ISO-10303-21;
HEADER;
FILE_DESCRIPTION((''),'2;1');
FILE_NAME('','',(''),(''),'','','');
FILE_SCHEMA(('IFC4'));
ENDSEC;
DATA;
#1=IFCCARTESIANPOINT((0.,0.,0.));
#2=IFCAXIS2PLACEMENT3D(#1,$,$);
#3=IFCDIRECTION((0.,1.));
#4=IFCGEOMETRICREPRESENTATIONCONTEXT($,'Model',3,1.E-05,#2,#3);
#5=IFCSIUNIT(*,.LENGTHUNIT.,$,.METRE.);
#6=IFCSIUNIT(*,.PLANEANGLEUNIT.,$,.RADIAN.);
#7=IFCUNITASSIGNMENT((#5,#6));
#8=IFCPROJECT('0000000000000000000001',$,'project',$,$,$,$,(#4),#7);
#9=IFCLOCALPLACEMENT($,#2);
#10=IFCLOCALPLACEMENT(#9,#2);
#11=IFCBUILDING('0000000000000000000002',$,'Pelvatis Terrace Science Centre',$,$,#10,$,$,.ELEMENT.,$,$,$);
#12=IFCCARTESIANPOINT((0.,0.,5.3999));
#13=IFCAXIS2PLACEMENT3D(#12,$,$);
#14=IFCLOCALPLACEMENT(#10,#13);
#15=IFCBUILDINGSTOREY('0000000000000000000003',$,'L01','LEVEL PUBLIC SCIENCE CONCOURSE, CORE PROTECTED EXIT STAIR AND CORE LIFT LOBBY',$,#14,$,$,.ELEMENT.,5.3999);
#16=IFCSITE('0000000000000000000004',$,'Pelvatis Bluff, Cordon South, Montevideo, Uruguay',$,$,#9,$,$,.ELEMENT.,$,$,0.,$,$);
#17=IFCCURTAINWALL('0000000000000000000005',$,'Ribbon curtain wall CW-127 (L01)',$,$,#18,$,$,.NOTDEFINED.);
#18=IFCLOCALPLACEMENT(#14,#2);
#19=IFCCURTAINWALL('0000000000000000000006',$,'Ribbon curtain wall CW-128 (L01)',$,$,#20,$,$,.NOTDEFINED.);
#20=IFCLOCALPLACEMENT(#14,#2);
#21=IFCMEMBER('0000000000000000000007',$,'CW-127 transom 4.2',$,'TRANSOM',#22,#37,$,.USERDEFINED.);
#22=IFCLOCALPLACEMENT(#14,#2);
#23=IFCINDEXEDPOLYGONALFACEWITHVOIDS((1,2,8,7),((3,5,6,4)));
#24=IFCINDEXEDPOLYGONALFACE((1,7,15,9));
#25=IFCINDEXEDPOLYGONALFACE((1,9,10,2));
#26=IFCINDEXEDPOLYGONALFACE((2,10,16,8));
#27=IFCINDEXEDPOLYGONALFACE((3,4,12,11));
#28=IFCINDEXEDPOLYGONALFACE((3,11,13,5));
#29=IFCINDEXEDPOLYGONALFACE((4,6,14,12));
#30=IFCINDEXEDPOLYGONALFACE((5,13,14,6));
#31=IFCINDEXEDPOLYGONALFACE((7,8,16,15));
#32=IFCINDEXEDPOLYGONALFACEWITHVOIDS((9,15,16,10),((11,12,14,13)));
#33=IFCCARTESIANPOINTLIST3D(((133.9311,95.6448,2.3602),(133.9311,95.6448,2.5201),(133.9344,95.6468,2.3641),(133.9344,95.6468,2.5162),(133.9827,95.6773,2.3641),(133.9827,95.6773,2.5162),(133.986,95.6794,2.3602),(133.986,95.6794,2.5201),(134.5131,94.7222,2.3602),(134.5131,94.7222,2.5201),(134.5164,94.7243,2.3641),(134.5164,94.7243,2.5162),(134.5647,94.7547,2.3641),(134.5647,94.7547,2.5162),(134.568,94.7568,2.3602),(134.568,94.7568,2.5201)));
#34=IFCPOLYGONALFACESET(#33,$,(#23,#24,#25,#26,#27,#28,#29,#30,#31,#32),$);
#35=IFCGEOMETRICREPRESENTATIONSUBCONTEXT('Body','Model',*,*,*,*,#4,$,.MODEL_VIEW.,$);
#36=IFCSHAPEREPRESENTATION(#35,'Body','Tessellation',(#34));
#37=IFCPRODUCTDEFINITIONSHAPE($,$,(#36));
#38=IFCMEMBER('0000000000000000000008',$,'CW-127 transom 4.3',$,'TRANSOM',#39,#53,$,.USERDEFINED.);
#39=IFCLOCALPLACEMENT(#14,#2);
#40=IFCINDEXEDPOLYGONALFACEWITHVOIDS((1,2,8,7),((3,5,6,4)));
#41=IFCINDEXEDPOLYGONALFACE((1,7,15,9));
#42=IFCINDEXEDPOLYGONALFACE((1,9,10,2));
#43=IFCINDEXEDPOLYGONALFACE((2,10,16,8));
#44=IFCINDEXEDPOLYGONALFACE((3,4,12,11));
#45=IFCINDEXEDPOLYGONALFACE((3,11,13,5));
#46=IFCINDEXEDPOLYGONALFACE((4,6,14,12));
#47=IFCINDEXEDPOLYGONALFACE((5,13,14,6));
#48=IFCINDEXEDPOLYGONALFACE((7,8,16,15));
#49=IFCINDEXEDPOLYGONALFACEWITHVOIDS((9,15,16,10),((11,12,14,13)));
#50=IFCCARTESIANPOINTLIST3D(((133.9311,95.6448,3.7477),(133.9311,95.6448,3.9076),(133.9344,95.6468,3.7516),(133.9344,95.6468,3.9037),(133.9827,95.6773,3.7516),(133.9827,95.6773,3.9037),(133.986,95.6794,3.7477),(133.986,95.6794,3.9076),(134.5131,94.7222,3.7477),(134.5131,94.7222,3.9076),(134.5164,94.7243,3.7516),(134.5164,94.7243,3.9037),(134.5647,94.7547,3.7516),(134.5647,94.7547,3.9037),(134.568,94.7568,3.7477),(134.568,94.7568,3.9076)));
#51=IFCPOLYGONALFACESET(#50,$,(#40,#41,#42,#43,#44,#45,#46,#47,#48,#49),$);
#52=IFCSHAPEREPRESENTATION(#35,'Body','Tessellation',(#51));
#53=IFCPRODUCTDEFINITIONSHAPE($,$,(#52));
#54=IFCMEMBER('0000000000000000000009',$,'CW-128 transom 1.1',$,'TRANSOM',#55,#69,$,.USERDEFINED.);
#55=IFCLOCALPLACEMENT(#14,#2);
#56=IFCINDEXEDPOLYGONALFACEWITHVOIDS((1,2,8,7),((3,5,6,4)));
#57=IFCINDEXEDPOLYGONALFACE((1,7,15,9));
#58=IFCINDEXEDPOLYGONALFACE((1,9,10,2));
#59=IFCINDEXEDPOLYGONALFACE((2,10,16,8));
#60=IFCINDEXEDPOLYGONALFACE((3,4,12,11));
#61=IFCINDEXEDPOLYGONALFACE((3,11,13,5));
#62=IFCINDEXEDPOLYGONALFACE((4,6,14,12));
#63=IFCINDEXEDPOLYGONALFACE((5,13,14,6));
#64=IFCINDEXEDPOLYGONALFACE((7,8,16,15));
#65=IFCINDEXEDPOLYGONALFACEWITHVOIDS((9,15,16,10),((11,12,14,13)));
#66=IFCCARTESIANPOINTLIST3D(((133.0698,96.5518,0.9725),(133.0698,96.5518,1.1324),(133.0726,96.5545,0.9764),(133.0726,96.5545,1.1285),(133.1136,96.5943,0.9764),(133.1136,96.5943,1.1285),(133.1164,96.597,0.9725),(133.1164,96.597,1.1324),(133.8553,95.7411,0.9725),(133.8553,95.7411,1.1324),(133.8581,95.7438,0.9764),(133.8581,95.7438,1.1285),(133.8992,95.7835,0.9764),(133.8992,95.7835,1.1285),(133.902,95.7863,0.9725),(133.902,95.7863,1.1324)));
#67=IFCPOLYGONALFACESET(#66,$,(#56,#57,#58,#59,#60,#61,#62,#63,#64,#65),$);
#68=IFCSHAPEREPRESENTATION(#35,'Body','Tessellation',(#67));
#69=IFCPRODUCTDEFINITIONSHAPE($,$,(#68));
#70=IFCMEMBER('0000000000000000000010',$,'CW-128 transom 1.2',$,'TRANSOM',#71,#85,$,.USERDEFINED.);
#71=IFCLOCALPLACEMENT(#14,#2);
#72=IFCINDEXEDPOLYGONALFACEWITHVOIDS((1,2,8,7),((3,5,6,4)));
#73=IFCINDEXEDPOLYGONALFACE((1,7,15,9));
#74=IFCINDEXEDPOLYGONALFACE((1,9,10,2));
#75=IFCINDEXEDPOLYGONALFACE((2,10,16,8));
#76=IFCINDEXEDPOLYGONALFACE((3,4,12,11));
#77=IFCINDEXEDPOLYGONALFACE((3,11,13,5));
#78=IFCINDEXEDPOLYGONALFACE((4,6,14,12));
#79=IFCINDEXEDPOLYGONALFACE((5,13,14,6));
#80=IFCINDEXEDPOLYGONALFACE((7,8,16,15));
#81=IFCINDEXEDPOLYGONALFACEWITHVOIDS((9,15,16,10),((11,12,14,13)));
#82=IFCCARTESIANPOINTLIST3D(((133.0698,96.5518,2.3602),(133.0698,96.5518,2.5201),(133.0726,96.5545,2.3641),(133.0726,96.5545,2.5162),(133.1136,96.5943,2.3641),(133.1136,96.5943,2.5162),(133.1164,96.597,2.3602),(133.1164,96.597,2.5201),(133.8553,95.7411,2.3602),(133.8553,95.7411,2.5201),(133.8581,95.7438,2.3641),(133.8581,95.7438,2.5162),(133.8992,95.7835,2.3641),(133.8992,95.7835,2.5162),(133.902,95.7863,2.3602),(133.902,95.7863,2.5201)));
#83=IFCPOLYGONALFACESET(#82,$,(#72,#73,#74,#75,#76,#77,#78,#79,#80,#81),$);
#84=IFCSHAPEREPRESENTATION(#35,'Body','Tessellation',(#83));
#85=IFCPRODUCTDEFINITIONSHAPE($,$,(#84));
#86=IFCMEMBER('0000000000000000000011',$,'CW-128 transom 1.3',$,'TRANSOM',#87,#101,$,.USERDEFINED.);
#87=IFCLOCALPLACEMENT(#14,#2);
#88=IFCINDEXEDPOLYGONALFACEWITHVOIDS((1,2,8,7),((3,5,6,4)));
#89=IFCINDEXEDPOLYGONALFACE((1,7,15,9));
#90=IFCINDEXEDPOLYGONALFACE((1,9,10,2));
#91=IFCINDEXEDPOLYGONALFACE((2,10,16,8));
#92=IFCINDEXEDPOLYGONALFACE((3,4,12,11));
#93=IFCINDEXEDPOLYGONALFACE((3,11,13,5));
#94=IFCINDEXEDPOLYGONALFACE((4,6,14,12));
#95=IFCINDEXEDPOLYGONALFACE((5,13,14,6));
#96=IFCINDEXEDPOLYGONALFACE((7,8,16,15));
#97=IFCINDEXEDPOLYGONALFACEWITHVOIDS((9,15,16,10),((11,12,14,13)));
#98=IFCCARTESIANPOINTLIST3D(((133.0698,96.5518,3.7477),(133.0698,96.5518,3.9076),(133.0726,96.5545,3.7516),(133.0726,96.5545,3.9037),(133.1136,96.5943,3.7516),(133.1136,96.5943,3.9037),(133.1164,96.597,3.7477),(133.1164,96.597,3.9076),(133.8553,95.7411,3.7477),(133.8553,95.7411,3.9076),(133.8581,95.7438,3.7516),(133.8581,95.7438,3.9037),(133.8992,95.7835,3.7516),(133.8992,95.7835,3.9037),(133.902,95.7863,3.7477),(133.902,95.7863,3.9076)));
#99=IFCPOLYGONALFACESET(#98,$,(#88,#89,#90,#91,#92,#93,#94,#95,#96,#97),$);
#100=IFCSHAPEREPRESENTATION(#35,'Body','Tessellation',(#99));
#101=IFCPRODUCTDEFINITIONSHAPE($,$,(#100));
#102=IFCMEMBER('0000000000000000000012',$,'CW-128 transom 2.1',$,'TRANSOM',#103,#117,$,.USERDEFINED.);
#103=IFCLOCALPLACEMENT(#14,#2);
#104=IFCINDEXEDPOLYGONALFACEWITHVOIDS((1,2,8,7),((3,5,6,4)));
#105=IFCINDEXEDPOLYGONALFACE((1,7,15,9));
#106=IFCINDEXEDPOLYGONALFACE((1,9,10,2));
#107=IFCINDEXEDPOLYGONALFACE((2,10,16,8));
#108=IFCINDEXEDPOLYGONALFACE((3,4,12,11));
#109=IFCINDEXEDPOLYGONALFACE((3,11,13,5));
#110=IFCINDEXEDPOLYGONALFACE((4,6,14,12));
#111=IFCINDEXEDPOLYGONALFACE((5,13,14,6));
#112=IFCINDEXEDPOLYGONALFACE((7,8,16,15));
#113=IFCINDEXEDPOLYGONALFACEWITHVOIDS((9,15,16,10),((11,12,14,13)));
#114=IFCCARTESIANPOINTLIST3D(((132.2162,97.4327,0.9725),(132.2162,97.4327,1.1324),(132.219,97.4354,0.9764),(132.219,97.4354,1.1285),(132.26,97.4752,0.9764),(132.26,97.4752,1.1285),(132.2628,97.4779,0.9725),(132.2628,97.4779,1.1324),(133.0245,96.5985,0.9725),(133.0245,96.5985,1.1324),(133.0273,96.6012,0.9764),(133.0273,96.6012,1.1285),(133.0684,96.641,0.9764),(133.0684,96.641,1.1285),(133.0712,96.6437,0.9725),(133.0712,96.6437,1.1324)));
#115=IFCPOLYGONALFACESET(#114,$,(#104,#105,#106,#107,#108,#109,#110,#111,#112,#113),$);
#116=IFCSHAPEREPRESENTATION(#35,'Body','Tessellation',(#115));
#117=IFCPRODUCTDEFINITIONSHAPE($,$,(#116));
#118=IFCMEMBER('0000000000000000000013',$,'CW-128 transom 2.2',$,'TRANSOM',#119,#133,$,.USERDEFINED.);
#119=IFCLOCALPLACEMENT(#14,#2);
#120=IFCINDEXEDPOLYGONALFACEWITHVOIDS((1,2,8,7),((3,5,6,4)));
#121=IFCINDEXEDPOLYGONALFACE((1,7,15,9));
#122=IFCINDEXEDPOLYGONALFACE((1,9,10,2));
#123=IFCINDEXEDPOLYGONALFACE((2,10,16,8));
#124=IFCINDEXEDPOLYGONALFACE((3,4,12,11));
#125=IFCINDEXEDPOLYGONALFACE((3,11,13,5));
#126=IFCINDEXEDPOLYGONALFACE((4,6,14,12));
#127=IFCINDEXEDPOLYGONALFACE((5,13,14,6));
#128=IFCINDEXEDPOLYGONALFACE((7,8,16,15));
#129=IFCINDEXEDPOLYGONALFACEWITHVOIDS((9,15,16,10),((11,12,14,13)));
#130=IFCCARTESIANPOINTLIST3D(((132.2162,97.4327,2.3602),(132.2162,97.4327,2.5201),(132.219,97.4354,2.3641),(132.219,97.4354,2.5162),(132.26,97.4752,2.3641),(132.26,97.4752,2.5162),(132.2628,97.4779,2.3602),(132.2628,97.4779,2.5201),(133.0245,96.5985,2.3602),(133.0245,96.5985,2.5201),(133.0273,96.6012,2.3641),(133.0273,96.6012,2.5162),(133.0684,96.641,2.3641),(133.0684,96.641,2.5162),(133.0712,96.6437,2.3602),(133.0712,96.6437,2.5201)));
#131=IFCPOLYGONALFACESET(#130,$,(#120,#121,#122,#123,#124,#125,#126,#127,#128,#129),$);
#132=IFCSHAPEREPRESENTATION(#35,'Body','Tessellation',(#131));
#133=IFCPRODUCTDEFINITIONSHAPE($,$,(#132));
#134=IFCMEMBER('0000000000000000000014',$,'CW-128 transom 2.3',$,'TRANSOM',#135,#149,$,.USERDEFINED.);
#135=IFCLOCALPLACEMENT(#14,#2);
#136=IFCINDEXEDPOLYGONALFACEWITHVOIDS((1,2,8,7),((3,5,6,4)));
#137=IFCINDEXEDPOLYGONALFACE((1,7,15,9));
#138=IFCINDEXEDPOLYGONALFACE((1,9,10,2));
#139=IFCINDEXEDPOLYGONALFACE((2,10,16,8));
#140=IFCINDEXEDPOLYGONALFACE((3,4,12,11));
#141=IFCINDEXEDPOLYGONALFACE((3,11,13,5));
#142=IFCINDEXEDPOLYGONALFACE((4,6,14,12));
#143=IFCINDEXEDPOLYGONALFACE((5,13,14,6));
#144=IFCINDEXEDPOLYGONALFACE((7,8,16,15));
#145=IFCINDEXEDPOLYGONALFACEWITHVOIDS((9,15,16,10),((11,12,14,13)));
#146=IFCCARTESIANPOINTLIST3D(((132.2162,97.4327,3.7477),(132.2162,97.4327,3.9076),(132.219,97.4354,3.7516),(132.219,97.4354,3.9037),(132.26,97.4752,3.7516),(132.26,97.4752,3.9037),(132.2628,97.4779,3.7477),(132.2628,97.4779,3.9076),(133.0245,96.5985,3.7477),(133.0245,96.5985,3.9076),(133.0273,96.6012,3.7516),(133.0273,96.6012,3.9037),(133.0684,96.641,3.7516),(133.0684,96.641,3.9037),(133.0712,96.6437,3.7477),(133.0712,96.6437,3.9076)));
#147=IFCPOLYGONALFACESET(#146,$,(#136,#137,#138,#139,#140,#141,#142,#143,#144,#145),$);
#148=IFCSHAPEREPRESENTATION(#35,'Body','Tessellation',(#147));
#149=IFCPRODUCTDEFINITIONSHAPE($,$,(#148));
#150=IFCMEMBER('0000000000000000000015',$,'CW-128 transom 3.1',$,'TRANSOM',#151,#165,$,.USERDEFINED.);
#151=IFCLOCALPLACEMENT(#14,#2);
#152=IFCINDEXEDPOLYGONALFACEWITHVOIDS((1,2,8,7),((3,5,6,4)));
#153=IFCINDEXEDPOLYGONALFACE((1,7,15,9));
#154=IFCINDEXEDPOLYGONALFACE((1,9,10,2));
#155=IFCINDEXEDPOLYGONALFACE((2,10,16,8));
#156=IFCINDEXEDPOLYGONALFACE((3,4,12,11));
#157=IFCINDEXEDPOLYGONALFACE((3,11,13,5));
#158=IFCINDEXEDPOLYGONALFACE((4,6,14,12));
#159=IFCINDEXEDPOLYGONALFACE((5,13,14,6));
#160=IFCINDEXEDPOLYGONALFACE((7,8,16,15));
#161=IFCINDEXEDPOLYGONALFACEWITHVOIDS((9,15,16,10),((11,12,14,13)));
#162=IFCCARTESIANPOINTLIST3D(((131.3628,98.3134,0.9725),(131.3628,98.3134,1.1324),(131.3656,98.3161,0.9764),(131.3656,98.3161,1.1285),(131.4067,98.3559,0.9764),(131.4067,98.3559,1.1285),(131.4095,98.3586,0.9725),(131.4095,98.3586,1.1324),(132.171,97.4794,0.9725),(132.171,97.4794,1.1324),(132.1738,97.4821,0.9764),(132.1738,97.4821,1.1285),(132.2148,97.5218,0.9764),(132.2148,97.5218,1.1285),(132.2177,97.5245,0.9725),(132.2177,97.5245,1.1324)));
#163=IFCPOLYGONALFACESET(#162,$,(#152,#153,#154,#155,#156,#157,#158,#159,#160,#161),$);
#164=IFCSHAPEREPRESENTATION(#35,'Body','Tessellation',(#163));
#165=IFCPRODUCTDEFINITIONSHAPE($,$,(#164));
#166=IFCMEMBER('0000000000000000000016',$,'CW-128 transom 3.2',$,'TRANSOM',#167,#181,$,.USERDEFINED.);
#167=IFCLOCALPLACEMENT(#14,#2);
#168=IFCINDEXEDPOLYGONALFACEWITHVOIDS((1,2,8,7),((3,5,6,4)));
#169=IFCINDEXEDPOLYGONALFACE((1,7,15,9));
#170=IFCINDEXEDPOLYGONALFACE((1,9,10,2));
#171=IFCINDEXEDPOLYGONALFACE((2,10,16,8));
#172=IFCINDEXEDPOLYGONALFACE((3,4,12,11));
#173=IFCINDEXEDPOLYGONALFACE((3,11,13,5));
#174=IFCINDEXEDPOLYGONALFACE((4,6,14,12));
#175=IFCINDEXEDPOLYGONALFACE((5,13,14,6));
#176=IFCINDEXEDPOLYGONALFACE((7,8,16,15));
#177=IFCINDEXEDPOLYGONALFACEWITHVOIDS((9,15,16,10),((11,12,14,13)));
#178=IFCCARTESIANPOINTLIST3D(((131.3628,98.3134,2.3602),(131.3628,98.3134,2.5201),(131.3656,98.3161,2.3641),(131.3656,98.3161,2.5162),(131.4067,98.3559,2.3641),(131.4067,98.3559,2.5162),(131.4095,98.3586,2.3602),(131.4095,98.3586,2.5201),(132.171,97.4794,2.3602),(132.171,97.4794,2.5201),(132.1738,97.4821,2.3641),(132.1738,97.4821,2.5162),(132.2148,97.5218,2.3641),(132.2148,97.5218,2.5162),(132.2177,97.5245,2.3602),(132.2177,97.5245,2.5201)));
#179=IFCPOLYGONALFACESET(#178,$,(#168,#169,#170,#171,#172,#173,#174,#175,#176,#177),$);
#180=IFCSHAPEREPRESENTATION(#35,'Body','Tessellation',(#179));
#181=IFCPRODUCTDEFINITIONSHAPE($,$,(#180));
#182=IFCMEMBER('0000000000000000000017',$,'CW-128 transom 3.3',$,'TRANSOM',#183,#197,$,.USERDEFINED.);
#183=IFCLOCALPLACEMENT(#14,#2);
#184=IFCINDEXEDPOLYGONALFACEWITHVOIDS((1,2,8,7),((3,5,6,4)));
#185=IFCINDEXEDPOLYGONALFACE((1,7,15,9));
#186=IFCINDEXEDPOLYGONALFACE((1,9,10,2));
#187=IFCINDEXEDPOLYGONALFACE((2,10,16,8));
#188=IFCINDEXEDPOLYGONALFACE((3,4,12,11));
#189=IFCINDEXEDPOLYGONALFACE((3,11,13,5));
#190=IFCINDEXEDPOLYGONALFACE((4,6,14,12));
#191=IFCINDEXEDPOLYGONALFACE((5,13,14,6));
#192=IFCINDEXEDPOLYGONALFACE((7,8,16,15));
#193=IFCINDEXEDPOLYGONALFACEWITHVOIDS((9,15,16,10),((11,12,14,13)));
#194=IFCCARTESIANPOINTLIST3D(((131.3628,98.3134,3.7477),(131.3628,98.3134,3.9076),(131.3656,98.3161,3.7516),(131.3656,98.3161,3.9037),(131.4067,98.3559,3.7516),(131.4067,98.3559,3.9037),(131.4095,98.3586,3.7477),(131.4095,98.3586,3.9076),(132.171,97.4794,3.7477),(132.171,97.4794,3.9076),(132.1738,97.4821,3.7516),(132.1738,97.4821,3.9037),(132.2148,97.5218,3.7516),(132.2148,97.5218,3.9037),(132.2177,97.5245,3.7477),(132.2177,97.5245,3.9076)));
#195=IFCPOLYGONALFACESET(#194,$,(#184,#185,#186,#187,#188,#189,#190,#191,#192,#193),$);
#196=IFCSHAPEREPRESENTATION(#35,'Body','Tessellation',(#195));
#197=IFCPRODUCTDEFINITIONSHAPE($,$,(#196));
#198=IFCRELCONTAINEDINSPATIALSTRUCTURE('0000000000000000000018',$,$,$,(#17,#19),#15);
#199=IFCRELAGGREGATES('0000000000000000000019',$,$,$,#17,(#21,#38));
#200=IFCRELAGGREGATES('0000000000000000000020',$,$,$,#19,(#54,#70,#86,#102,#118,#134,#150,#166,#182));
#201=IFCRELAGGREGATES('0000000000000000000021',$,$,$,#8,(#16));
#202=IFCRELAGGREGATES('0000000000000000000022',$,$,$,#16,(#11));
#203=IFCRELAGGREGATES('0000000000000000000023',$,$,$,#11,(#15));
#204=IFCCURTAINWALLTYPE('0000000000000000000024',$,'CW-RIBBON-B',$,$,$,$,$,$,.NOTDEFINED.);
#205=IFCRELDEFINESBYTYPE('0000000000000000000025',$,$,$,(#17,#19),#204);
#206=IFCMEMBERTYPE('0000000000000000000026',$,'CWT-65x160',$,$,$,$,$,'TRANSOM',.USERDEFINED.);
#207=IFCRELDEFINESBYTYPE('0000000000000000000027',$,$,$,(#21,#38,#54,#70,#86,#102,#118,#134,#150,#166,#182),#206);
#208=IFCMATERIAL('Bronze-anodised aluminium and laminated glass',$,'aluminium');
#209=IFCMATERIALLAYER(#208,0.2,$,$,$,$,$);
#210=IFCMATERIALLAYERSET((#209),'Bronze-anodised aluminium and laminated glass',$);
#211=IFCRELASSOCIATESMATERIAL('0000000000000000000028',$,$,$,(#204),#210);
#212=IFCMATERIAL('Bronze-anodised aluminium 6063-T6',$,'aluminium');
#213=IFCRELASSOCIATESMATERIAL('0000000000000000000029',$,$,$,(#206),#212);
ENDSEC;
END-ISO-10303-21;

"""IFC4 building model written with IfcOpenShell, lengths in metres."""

from ifc_helpers import new_model, si_unit, direction, frame, origin, origin_2d, place, context, subcontext, project, spatial, hollow_rectangle, extrude, material, layer, layer_set, material_profile, profile_set, type_object, element, aggregate, save


model = new_model("IFC4")

# Units and contexts
model_context = context("Model", 3, precision=1e-05, world=origin(), true_north=direction((0.0, 1.0)))
body_context = subcontext(model_context, "Body", "Model", "MODEL_VIEW")
ifc_project = project(units=[si_unit("LENGTHUNIT", "METRE"), si_unit("PLANEANGLEUNIT", "RADIAN")], contexts=[model_context])

# Site, building, storey
site_placement = place(None, origin())
site = spatial("IfcSite", under=ifc_project, at=site_placement, Name="Pelvatis Bluff, Cordon South, Montevideo, Uruguay", CompositionType="ELEMENT", RefElevation=0.0)
building_placement = place(site_placement, origin())
building = spatial("IfcBuilding", under=site, at=building_placement, Name="Pelvatis Terrace Science Centre", CompositionType="ELEMENT")
storey_placement = place(building_placement, frame((0.0, 0.0, 5.3999)))
storey = spatial("IfcBuildingStorey", under=building, at=storey_placement, Name="L01", Description="LEVEL PUBLIC SCIENCE CONCOURSE, CORE PROTECTED EXIT STAIR AND CORE LIFT LOBBY", CompositionType="ELEMENT", Elevation=5.3999)

# Curtain walls
ifc_material_1 = material(Name="Bronze-anodised aluminium and laminated glass", Category="aluminium")
ifc_layer_1 = layer(ifc_material_1, 0.2)
ifc_layer_set_1 = layer_set([ifc_layer_1], Name="Bronze-anodised aluminium and laminated glass")
curtain_wall_type = type_object("IfcCurtainWallType", Name="CW-RIBBON-B", PredefinedType="NOTDEFINED", material=ifc_layer_set_1)
curtain_wall_1_placement = place(storey_placement, origin())
curtain_wall_1 = element("IfcCurtainWall", 1, at=curtain_wall_1_placement, inside=storey, type_object=curtain_wall_type, Name="Ribbon curtain wall CW-127 (L01)", PredefinedType="NOTDEFINED")
curtain_wall_2_placement = place(storey_placement, origin())
curtain_wall_2 = element("IfcCurtainWall", 2, at=curtain_wall_2_placement, inside=storey, type_object=curtain_wall_type, Name="Ribbon curtain wall CW-128 (L01)", PredefinedType="NOTDEFINED")

# Members
ifc_material_2 = material(Name="Bronze-anodised aluminium 6063-T6", Category="aluminium")
ifc_material_profile_1 = material_profile(ifc_material_2, hollow_rectangle(XDim=0.0649, YDim=0.1599, WallThickness=0.0039, at=origin_2d()), Name="ALU-TRN 65x160")
ifc_profile_set_1 = profile_set([ifc_material_profile_1], Name="Bronze-anodised aluminium 6063-T6")
member_type_1 = type_object("IfcMemberType", Name="CWT-65x160", ElementType="TRANSOM", PredefinedType="USERDEFINED", material=ifc_profile_set_1)
member_1_placement = place(storey_placement, frame((134.5405, 94.7395, 2.4402), z_axis=(-0.533555, 0.845765, 0.0), x_axis=(-0.845765, -0.533555, 0.0)))
member_1 = element("IfcMember", 3, at=member_1_placement, type_object=member_type_1, Name="CW-127 transom 4.2", ObjectType="TRANSOM", PredefinedType="USERDEFINED", context=body_context, shape_type="SweptSolid", body=[
    extrude(hollow_rectangle(XDim=0.0649, YDim=0.1599, WallThickness=0.0039, at=origin_2d()), origin(), (0.0, 0.0, 1.0), 1.0908),
])
member_2_placement = place(storey_placement, frame((134.5405, 94.7395, 3.8276), z_axis=(-0.533555, 0.845765, 0.0), x_axis=(-0.845765, -0.533555, 0.0)))
member_2 = element("IfcMember", 4, at=member_2_placement, type_object=member_type_1, Name="CW-127 transom 4.3", ObjectType="TRANSOM", PredefinedType="USERDEFINED", context=body_context, shape_type="SweptSolid", body=[
    extrude(hollow_rectangle(XDim=0.0649, YDim=0.1599, WallThickness=0.0039, at=origin_2d()), origin(), (0.0, 0.0, 1.0), 1.0908),
])
member_3_placement = place(storey_placement, frame((133.8787, 95.7637, 1.0525), z_axis=(-0.695882, 0.718156, 0.0), x_axis=(-0.718156, -0.695882, 0.0)))
member_3 = element("IfcMember", 5, at=member_3_placement, type_object=member_type_1, Name="CW-128 transom 1.1", ObjectType="TRANSOM", PredefinedType="USERDEFINED", context=body_context, shape_type="SweptSolid", body=[
    extrude(hollow_rectangle(XDim=0.0649, YDim=0.1599, WallThickness=0.0039, at=origin_2d()), origin(), (0.0, 0.0, 1.0), 1.1289),
])
member_4_placement = place(storey_placement, frame((133.8787, 95.7637, 2.4402), z_axis=(-0.695882, 0.718156, 0.0), x_axis=(-0.718156, -0.695882, 0.0)))
member_4 = element("IfcMember", 6, at=member_4_placement, type_object=member_type_1, Name="CW-128 transom 1.2", ObjectType="TRANSOM", PredefinedType="USERDEFINED", context=body_context, shape_type="SweptSolid", body=[
    extrude(hollow_rectangle(XDim=0.0649, YDim=0.1599, WallThickness=0.0039, at=origin_2d()), origin(), (0.0, 0.0, 1.0), 1.1289),
])
member_5_placement = place(storey_placement, frame((133.8787, 95.7637, 3.8276), z_axis=(-0.695882, 0.718156, 0.0), x_axis=(-0.718156, -0.695882, 0.0)))
member_5 = element("IfcMember", 7, at=member_5_placement, type_object=member_type_1, Name="CW-128 transom 1.3", ObjectType="TRANSOM", PredefinedType="USERDEFINED", context=body_context, shape_type="SweptSolid", body=[
    extrude(hollow_rectangle(XDim=0.0649, YDim=0.1599, WallThickness=0.0039, at=origin_2d()), origin(), (0.0, 0.0, 1.0), 1.1289),
])
member_6_placement = place(storey_placement, frame((133.0479, 96.6211, 1.0525), z_axis=(-0.69588, 0.718158, 0.0), x_axis=(-0.718158, -0.69588, 0.0)))
member_6 = element("IfcMember", 8, at=member_6_placement, type_object=member_type_1, Name="CW-128 transom 2.1", ObjectType="TRANSOM", PredefinedType="USERDEFINED", context=body_context, shape_type="SweptSolid", body=[
    extrude(hollow_rectangle(XDim=0.0649, YDim=0.1599, WallThickness=0.0039, at=origin_2d()), origin(), (0.0, 0.0, 1.0), 1.1616),
])
member_7_placement = place(storey_placement, frame((133.0479, 96.6211, 2.4402), z_axis=(-0.69588, 0.718158, 0.0), x_axis=(-0.718158, -0.69588, 0.0)))
member_7 = element("IfcMember", 9, at=member_7_placement, type_object=member_type_1, Name="CW-128 transom 2.2", ObjectType="TRANSOM", PredefinedType="USERDEFINED", context=body_context, shape_type="SweptSolid", body=[
    extrude(hollow_rectangle(XDim=0.0649, YDim=0.1599, WallThickness=0.0039, at=origin_2d()), origin(), (0.0, 0.0, 1.0), 1.1616),
])
member_8_placement = place(storey_placement, frame((133.0479, 96.6211, 3.8276), z_axis=(-0.69588, 0.718158, 0.0), x_axis=(-0.718158, -0.69588, 0.0)))
member_8 = element("IfcMember", 10, at=member_8_placement, type_object=member_type_1, Name="CW-128 transom 2.3", ObjectType="TRANSOM", PredefinedType="USERDEFINED", context=body_context, shape_type="SweptSolid", body=[
    extrude(hollow_rectangle(XDim=0.0649, YDim=0.1599, WallThickness=0.0039, at=origin_2d()), origin(), (0.0, 0.0, 1.0), 1.1616),
])
member_9_placement = place(storey_placement, frame((132.1943, 97.502, 1.0525), z_axis=(-0.695877, 0.718161, 0.0), x_axis=(-0.718161, -0.695877, 0.0)))
member_9 = element("IfcMember", 11, at=member_9_placement, type_object=member_type_1, Name="CW-128 transom 3.1", ObjectType="TRANSOM", PredefinedType="USERDEFINED", context=body_context, shape_type="SweptSolid", body=[
    extrude(hollow_rectangle(XDim=0.0649, YDim=0.1599, WallThickness=0.0039, at=origin_2d()), origin(), (0.0, 0.0, 1.0), 1.1614),
])
member_10_placement = place(storey_placement, frame((132.1943, 97.502, 2.4402), z_axis=(-0.695877, 0.718161, 0.0), x_axis=(-0.718161, -0.695877, 0.0)))
member_10 = element("IfcMember", 12, at=member_10_placement, type_object=member_type_1, Name="CW-128 transom 3.2", ObjectType="TRANSOM", PredefinedType="USERDEFINED", context=body_context, shape_type="SweptSolid", body=[
    extrude(hollow_rectangle(XDim=0.0649, YDim=0.1599, WallThickness=0.0039, at=origin_2d()), origin(), (0.0, 0.0, 1.0), 1.1614),
])
member_11_placement = place(storey_placement, frame((132.1943, 97.502, 3.8276), z_axis=(-0.695877, 0.718161, 0.0), x_axis=(-0.718161, -0.695877, 0.0)))
member_11 = element("IfcMember", 13, at=member_11_placement, type_object=member_type_1, Name="CW-128 transom 3.3", ObjectType="TRANSOM", PredefinedType="USERDEFINED", context=body_context, shape_type="SweptSolid", body=[
    extrude(hollow_rectangle(XDim=0.0649, YDim=0.1599, WallThickness=0.0039, at=origin_2d()), origin(), (0.0, 0.0, 1.0), 1.1614),
])

aggregate(curtain_wall_1, [member_1, member_2])
aggregate(curtain_wall_2, [member_3, member_4, member_5, member_6, member_7, member_8, member_9, member_10, member_11])

save(model, "model.ifc")
